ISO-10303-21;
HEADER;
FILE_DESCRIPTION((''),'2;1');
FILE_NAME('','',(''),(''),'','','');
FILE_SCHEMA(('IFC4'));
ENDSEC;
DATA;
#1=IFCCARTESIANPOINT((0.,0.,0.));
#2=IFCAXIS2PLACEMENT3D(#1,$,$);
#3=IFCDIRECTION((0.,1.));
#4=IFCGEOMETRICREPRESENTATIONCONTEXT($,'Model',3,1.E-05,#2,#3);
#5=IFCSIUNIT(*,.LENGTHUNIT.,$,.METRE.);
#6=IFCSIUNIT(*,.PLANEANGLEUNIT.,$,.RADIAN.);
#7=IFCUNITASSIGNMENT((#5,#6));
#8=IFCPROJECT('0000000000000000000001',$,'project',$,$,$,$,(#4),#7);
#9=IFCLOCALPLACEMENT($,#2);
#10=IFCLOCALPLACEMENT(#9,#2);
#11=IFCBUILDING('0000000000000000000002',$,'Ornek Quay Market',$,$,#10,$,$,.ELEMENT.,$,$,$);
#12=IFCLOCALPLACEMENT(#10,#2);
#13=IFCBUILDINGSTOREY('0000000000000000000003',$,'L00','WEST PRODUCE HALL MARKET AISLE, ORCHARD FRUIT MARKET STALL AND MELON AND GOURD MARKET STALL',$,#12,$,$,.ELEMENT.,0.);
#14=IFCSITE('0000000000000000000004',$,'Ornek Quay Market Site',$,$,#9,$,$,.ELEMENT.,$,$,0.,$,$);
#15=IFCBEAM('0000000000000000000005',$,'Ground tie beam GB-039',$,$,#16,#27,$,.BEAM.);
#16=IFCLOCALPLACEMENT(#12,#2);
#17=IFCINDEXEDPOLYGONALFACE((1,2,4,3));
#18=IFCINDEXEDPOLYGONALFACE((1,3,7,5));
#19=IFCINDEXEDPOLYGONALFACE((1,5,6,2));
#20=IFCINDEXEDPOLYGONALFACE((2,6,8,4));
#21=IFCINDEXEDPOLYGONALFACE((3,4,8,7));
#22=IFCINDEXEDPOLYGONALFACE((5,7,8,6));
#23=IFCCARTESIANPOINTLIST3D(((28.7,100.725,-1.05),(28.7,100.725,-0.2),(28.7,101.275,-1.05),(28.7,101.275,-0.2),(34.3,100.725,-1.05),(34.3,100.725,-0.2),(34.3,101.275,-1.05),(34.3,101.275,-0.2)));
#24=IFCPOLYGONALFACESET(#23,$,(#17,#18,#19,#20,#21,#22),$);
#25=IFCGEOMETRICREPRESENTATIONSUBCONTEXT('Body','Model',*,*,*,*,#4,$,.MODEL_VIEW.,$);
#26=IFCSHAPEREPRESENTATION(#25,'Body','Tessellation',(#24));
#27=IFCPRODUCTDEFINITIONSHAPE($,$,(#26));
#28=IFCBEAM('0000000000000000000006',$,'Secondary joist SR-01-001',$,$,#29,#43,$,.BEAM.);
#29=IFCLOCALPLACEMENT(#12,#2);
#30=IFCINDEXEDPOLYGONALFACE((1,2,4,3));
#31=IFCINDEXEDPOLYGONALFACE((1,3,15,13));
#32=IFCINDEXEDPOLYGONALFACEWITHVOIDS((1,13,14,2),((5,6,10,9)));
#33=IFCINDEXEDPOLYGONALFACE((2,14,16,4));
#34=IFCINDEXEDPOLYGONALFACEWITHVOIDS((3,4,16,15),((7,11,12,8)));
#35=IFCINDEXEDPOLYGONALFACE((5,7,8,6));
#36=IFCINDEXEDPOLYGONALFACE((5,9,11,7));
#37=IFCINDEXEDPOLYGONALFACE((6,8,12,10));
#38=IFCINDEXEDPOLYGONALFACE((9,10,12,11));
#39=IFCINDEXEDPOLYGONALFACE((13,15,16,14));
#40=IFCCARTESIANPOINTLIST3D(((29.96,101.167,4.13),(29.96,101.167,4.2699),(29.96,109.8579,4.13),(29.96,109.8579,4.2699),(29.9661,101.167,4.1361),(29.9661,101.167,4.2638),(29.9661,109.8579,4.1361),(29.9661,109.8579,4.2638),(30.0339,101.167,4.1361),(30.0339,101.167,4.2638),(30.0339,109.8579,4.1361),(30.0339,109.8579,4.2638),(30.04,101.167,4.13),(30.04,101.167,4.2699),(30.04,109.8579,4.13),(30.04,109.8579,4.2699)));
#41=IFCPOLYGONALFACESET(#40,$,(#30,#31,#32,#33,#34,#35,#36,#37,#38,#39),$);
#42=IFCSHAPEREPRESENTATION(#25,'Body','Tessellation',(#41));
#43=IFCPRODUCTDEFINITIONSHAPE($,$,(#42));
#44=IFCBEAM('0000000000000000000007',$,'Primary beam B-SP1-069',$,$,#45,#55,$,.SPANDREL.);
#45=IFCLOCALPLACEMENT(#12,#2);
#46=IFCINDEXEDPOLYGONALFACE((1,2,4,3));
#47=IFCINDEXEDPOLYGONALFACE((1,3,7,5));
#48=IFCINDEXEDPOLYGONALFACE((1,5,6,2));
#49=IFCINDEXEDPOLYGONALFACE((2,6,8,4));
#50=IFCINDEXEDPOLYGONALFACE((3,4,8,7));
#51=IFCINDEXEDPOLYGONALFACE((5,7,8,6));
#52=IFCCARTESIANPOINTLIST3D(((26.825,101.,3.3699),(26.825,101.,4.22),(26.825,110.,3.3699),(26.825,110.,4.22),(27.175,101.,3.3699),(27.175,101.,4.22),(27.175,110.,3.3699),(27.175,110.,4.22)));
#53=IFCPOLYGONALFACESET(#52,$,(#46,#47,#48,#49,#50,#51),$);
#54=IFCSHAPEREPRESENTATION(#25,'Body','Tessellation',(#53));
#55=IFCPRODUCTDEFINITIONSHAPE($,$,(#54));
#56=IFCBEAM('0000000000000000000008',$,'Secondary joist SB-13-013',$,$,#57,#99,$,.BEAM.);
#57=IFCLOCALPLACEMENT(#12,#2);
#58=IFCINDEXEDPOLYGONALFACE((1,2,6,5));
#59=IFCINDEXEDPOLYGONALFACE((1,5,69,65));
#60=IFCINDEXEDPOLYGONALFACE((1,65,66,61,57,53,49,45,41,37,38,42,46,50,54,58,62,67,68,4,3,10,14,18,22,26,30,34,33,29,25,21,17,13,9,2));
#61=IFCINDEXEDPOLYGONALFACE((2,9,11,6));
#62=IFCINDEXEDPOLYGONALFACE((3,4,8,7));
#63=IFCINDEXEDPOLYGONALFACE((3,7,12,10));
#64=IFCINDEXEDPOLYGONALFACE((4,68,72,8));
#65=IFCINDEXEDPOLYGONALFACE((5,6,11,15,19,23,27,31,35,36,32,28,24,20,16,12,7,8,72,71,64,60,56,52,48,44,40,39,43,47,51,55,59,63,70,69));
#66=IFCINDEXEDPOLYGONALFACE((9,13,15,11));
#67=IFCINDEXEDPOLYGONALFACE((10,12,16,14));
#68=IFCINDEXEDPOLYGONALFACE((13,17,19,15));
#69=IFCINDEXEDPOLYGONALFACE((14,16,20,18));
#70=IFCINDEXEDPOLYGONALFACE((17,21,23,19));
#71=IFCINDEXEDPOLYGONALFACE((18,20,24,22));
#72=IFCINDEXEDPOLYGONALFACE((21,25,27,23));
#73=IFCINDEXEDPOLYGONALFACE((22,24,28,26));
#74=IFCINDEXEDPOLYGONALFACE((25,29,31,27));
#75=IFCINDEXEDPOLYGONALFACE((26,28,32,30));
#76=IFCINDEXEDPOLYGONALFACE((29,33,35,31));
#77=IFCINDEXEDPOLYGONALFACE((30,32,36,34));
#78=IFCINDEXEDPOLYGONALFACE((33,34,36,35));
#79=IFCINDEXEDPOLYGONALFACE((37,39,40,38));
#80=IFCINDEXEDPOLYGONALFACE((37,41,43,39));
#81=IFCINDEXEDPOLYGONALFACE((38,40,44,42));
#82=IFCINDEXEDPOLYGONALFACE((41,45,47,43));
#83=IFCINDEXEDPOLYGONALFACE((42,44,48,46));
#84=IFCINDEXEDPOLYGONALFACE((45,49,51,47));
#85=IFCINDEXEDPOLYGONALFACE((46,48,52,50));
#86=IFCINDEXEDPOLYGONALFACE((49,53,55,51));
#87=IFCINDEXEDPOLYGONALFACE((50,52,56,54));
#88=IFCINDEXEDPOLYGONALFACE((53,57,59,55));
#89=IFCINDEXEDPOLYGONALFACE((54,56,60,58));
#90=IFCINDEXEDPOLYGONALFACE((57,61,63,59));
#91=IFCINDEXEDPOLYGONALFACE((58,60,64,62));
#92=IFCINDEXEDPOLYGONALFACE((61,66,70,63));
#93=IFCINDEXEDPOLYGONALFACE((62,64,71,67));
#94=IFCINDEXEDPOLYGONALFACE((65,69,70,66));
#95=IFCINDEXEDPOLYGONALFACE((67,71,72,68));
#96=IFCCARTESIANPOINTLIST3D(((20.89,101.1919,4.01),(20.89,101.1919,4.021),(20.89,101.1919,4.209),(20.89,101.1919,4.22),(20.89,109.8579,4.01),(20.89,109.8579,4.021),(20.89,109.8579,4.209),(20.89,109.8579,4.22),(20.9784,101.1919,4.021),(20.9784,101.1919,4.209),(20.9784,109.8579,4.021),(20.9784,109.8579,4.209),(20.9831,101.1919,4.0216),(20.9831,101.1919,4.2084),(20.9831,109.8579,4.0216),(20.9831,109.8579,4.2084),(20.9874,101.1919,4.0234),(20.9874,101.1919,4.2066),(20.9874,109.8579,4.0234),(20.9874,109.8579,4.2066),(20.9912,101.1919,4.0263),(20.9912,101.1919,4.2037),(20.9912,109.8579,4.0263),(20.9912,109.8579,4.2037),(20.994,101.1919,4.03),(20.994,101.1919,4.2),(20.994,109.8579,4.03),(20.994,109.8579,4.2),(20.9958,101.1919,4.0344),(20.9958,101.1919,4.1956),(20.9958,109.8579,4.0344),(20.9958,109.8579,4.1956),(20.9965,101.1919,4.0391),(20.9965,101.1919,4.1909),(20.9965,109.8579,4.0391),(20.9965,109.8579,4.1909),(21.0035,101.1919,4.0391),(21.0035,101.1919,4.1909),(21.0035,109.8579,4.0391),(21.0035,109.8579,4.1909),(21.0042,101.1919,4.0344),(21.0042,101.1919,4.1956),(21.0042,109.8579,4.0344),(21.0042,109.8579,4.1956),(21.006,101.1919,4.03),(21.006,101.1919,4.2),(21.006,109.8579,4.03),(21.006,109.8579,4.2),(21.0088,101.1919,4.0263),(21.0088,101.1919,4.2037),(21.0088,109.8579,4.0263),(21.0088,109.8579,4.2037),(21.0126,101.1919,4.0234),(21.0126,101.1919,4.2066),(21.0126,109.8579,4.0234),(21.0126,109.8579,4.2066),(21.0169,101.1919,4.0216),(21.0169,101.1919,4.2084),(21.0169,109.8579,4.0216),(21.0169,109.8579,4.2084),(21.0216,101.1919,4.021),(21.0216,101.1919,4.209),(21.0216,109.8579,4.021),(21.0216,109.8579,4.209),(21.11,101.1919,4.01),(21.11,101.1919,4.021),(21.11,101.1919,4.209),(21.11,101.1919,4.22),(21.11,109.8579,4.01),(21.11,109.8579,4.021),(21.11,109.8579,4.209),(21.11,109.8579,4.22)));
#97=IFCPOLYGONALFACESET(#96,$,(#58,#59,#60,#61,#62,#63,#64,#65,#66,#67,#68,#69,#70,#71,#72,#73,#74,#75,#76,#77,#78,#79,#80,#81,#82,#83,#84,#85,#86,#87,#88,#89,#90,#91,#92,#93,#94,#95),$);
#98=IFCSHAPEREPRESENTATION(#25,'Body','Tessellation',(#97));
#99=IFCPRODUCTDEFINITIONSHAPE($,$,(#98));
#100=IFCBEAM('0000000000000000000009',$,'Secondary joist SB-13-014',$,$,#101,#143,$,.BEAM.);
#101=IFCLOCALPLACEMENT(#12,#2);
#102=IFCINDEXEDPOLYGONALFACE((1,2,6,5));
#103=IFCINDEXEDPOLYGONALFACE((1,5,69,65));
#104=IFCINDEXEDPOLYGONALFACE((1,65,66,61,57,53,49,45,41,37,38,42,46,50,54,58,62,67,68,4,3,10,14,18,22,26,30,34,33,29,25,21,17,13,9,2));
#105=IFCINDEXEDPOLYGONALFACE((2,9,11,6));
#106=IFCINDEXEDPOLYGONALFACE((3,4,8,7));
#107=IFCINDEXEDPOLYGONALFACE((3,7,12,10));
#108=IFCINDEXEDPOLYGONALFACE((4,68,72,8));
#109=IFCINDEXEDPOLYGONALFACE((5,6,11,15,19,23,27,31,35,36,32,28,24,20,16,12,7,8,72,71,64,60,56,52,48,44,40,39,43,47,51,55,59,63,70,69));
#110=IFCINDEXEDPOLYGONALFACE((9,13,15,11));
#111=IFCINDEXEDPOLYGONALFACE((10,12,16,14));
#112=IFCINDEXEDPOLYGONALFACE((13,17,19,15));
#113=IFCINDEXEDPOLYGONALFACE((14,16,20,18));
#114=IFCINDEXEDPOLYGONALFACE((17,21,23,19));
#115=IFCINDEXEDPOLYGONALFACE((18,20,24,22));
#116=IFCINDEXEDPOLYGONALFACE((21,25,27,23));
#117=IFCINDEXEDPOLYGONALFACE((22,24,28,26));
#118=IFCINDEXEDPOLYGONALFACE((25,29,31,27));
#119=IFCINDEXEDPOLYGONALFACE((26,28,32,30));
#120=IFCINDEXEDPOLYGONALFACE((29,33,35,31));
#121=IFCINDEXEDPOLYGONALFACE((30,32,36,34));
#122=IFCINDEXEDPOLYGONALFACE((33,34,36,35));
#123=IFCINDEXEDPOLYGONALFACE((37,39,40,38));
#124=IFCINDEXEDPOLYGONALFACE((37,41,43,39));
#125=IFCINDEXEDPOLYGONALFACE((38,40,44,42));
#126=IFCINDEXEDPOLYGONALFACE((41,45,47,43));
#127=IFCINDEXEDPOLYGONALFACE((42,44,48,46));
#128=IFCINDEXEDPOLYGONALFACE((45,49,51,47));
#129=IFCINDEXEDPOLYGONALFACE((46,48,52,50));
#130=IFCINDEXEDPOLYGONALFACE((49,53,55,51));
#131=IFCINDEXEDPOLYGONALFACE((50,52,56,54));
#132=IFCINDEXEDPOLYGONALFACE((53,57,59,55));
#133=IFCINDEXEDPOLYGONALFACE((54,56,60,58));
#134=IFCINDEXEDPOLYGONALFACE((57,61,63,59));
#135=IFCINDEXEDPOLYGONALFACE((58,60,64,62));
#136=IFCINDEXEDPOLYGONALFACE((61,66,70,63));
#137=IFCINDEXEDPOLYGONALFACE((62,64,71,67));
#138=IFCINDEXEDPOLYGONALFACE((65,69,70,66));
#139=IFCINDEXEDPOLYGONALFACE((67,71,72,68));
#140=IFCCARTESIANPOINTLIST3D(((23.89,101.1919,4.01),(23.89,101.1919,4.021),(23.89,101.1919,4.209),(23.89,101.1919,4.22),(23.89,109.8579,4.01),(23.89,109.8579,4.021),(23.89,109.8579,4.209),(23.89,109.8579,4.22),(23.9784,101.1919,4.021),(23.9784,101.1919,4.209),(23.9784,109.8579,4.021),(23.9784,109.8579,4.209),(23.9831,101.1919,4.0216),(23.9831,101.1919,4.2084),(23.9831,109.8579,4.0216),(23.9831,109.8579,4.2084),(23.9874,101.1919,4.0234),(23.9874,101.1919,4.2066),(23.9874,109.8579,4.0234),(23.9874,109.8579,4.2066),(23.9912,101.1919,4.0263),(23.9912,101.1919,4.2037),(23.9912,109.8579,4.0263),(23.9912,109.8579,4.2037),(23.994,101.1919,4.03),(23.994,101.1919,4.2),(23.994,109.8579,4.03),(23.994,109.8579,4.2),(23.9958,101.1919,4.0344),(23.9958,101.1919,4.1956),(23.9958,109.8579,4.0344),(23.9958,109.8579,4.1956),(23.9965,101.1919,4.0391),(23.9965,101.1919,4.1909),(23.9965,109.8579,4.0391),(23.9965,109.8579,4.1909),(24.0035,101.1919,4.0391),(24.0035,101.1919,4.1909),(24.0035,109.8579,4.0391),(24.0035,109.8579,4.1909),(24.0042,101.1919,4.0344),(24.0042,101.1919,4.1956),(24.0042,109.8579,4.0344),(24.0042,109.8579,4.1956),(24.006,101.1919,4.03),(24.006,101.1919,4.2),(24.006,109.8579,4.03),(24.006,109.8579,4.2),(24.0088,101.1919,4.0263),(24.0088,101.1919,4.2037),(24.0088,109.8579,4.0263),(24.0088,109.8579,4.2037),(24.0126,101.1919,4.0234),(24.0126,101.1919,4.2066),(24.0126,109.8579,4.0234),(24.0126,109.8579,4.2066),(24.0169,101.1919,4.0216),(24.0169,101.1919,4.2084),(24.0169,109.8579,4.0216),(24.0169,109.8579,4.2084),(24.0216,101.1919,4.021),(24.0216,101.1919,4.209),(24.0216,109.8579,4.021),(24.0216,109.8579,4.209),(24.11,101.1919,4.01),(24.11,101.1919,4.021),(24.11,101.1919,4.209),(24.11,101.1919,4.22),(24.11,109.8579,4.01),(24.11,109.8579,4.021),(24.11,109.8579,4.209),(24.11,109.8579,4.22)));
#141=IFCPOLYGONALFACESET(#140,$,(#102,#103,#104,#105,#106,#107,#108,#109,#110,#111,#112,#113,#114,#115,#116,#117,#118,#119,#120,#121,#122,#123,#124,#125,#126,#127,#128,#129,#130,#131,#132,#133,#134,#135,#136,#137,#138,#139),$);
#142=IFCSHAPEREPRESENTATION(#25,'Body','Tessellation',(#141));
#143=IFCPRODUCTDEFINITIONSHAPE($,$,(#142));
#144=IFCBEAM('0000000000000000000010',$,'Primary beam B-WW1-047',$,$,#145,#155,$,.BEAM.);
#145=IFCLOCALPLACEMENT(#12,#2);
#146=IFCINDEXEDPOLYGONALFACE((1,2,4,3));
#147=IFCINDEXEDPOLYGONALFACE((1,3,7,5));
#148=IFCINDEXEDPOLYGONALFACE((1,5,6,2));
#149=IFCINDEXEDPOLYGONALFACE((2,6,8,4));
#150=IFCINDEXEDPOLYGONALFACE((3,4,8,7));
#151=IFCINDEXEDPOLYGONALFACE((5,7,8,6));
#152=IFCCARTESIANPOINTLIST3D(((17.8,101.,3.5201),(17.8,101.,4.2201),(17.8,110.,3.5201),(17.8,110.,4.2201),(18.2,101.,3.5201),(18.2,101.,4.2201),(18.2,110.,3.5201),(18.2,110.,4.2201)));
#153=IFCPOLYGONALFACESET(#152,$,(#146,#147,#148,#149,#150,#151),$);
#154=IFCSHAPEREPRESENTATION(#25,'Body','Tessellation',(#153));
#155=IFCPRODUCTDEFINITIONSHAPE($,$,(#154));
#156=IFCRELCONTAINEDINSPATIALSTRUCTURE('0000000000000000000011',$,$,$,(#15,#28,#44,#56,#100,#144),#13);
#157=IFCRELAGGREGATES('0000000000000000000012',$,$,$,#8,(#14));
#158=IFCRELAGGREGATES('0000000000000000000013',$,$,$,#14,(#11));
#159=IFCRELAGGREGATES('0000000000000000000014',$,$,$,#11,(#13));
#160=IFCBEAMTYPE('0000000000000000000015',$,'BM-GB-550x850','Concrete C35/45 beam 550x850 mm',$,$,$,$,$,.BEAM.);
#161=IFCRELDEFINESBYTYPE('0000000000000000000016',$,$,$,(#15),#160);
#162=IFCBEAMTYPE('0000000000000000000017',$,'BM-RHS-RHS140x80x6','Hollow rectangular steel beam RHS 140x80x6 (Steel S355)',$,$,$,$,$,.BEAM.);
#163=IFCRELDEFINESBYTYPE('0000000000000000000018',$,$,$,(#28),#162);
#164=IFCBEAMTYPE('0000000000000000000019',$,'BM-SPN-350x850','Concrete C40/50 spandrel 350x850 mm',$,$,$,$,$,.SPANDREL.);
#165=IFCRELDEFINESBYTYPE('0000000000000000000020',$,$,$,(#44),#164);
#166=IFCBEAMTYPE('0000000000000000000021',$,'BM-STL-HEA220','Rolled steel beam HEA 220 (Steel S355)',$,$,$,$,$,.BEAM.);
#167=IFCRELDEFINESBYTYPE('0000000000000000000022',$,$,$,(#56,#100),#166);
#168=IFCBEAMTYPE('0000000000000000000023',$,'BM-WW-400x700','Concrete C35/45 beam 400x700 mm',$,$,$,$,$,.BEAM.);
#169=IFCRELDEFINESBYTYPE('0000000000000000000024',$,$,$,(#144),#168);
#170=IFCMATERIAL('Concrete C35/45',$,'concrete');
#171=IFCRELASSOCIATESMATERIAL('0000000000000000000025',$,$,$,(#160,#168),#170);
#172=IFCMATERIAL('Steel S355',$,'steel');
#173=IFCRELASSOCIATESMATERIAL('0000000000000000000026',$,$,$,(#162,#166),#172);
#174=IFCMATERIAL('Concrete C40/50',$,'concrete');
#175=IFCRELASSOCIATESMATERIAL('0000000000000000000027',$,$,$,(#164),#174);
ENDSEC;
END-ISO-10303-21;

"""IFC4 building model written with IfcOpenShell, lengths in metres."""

from ifc_helpers import new_model, si_unit, direction, frame, origin, origin_2d, place, context, subcontext, project, spatial, rectangle, hollow_rectangle, i_section, extrude, material, material_profile, profile_set, type_object, element, save


model = new_model("IFC4")

# Units and contexts
model_context = context("Model", 3, precision=1e-05, world=origin(), true_north=direction((0.0, 1.0)))
body_context = subcontext(model_context, "Body", "Model", "MODEL_VIEW")
ifc_project = project(units=[si_unit("LENGTHUNIT", "METRE"), si_unit("PLANEANGLEUNIT", "RADIAN")], contexts=[model_context])

# Site, building, storey
site_placement = place(None, origin())
site = spatial("IfcSite", under=ifc_project, at=site_placement, Name="Ornek Quay Market Site", CompositionType="ELEMENT", RefElevation=0.0)
building_placement = place(site_placement, origin())
building = spatial("IfcBuilding", under=site, at=building_placement, Name="Ornek Quay Market", CompositionType="ELEMENT")
storey_placement = place(building_placement, origin())
storey = spatial("IfcBuildingStorey", under=building, at=storey_placement, Name="L00", Description="WEST PRODUCE HALL MARKET AISLE, ORCHARD FRUIT MARKET STALL AND MELON AND GOURD MARKET STALL", CompositionType="ELEMENT", Elevation=0.0)

# Shared definitions
ifc_material_1 = material(Name="Concrete C35/45", Category="concrete")

# Shared definitions
ifc_material_2 = material(Name="Concrete C40/50", Category="concrete")

# Beams
ifc_material_profile_1 = material_profile(ifc_material_1, rectangle(XDim=0.55, YDim=0.8501, at=origin_2d()), Name="RC 550x850", Category="concrete")
ifc_profile_set_1 = profile_set([ifc_material_profile_1], Name="Concrete C35/45")
beam_type_1 = type_object("IfcBeamType", Name="BM-GB-550x850", Description="Concrete C35/45 beam 550x850 mm", PredefinedType="BEAM", material=ifc_profile_set_1)
for number, where, z_axis, x_axis, name in (
    (1, (28.7, 101.0, -0.625), (1.0, 0.0, 0.0), (0.0, 1.0, 0.0), "Ground tie beam GB-039"),
):
    element("IfcBeam", number, at=place(storey_placement, frame(where, z_axis=z_axis, x_axis=x_axis)), inside=storey, type_object=beam_type_1, Name=name, PredefinedType="BEAM", context=body_context, shape_type="SweptSolid", body=[
        extrude(rectangle(XDim=0.55, YDim=0.8501, at=origin_2d()), origin(), (0.0, 0.0, 1.0), 5.6001),
    ])
ifc_material_3 = material(Name="Steel S355", Category="steel")
ifc_material_profile_2 = material_profile(ifc_material_3, hollow_rectangle(XDim=0.0801, YDim=0.1399, WallThickness=0.0061, at=origin_2d()), Name="RHS 140x80x6", Category="steel")
ifc_profile_set_2 = profile_set([ifc_material_profile_2], Name="Steel S355")
beam_type_2 = type_object("IfcBeamType", Name="BM-RHS-RHS140x80x6", Description="Hollow rectangular steel beam RHS 140x80x6 (Steel S355)", PredefinedType="BEAM", material=ifc_profile_set_2)
beam_1_placement = place(storey_placement, frame((30.0, 101.167, 4.2), z_axis=(0.0, 1.0, 0.0), x_axis=(-1.0, 0.0, 0.0)))
element("IfcBeam", 2, at=beam_1_placement, inside=storey, type_object=beam_type_2, Name="Secondary joist SR-01-001", PredefinedType="BEAM", context=body_context, shape_type="SweptSolid", body=[
    extrude(hollow_rectangle(XDim=0.0801, YDim=0.1399, WallThickness=0.0061, at=origin_2d()), origin(), (0.0, 0.0, 1.0), 8.6909),
])
ifc_material_profile_3 = material_profile(ifc_material_2, rectangle(XDim=0.3501, YDim=0.8501, at=origin_2d()), Name="RC 350x850", Category="concrete")
ifc_profile_set_3 = profile_set([ifc_material_profile_3], Name="Concrete C40/50")
beam_type_3 = type_object("IfcBeamType", Name="BM-SPN-350x850", Description="Concrete C40/50 spandrel 350x850 mm", PredefinedType="SPANDREL", material=ifc_profile_set_3)
beam_2_placement = place(storey_placement, frame((27.0, 101.0, 3.7949), z_axis=(0.0, 1.0, 0.0), x_axis=(-1.0, 0.0, 0.0)))
element("IfcBeam", 3, at=beam_2_placement, inside=storey, type_object=beam_type_3, Name="Primary beam B-SP1-069", PredefinedType="SPANDREL", context=body_context, shape_type="SweptSolid", body=[
    extrude(rectangle(XDim=0.3501, YDim=0.8501, at=origin_2d()), origin(), (0.0, 0.0, 1.0), 9.0),
])
ifc_material_profile_4 = material_profile(ifc_material_3, i_section(OverallWidth=0.22, OverallDepth=0.21, WebThickness=0.0071, FlangeThickness=0.011, FilletRadius=0.0181, at=origin_2d()), Name="HEA 220", Category="steel")
ifc_profile_set_4 = profile_set([ifc_material_profile_4], Name="Steel S355")
beam_type_4 = type_object("IfcBeamType", Name="BM-STL-HEA220", Description="Rolled steel beam HEA 220 (Steel S355)", PredefinedType="BEAM", material=ifc_profile_set_4)
for number, where, z_axis, x_axis, name in (
    (4, (21.0, 101.1919, 4.115), (0.0, 1.0, 0.0), (-1.0, 0.0, 0.0), "Secondary joist SB-13-013"),
    (5, (24.0, 101.1919, 4.115), (0.0, 1.0, 0.0), (-1.0, 0.0, 0.0), "Secondary joist SB-13-014"),
):
    element("IfcBeam", number, at=place(storey_placement, frame(where, z_axis=z_axis, x_axis=x_axis)), inside=storey, type_object=beam_type_4, Name=name, PredefinedType="BEAM", context=body_context, shape_type="SweptSolid", body=[
        extrude(i_section(OverallWidth=0.22, OverallDepth=0.21, WebThickness=0.0071, FlangeThickness=0.011, FilletRadius=0.0181, at=origin_2d()), origin(), (0.0, 0.0, 1.0), 8.666),
    ])
ifc_material_profile_5 = material_profile(ifc_material_1, rectangle(XDim=0.3999, YDim=0.7, at=origin_2d()), Name="RC 400x700", Category="concrete")
ifc_profile_set_5 = profile_set([ifc_material_profile_5], Name="Concrete C35/45")
beam_type_5 = type_object("IfcBeamType", Name="BM-WW-400x700", Description="Concrete C35/45 beam 400x700 mm", PredefinedType="BEAM", material=ifc_profile_set_5)
beam_3_placement = place(storey_placement, frame((18.0, 101.0, 3.8701), z_axis=(0.0, 1.0, 0.0), x_axis=(-1.0, 0.0, 0.0)))
element("IfcBeam", 6, at=beam_3_placement, inside=storey, type_object=beam_type_5, Name="Primary beam B-WW1-047", PredefinedType="BEAM", context=body_context, shape_type="SweptSolid", body=[
    extrude(rectangle(XDim=0.3999, YDim=0.7, at=origin_2d()), origin(), (0.0, 0.0, 1.0), 9.0),
])

save(model, "model.ifc")
